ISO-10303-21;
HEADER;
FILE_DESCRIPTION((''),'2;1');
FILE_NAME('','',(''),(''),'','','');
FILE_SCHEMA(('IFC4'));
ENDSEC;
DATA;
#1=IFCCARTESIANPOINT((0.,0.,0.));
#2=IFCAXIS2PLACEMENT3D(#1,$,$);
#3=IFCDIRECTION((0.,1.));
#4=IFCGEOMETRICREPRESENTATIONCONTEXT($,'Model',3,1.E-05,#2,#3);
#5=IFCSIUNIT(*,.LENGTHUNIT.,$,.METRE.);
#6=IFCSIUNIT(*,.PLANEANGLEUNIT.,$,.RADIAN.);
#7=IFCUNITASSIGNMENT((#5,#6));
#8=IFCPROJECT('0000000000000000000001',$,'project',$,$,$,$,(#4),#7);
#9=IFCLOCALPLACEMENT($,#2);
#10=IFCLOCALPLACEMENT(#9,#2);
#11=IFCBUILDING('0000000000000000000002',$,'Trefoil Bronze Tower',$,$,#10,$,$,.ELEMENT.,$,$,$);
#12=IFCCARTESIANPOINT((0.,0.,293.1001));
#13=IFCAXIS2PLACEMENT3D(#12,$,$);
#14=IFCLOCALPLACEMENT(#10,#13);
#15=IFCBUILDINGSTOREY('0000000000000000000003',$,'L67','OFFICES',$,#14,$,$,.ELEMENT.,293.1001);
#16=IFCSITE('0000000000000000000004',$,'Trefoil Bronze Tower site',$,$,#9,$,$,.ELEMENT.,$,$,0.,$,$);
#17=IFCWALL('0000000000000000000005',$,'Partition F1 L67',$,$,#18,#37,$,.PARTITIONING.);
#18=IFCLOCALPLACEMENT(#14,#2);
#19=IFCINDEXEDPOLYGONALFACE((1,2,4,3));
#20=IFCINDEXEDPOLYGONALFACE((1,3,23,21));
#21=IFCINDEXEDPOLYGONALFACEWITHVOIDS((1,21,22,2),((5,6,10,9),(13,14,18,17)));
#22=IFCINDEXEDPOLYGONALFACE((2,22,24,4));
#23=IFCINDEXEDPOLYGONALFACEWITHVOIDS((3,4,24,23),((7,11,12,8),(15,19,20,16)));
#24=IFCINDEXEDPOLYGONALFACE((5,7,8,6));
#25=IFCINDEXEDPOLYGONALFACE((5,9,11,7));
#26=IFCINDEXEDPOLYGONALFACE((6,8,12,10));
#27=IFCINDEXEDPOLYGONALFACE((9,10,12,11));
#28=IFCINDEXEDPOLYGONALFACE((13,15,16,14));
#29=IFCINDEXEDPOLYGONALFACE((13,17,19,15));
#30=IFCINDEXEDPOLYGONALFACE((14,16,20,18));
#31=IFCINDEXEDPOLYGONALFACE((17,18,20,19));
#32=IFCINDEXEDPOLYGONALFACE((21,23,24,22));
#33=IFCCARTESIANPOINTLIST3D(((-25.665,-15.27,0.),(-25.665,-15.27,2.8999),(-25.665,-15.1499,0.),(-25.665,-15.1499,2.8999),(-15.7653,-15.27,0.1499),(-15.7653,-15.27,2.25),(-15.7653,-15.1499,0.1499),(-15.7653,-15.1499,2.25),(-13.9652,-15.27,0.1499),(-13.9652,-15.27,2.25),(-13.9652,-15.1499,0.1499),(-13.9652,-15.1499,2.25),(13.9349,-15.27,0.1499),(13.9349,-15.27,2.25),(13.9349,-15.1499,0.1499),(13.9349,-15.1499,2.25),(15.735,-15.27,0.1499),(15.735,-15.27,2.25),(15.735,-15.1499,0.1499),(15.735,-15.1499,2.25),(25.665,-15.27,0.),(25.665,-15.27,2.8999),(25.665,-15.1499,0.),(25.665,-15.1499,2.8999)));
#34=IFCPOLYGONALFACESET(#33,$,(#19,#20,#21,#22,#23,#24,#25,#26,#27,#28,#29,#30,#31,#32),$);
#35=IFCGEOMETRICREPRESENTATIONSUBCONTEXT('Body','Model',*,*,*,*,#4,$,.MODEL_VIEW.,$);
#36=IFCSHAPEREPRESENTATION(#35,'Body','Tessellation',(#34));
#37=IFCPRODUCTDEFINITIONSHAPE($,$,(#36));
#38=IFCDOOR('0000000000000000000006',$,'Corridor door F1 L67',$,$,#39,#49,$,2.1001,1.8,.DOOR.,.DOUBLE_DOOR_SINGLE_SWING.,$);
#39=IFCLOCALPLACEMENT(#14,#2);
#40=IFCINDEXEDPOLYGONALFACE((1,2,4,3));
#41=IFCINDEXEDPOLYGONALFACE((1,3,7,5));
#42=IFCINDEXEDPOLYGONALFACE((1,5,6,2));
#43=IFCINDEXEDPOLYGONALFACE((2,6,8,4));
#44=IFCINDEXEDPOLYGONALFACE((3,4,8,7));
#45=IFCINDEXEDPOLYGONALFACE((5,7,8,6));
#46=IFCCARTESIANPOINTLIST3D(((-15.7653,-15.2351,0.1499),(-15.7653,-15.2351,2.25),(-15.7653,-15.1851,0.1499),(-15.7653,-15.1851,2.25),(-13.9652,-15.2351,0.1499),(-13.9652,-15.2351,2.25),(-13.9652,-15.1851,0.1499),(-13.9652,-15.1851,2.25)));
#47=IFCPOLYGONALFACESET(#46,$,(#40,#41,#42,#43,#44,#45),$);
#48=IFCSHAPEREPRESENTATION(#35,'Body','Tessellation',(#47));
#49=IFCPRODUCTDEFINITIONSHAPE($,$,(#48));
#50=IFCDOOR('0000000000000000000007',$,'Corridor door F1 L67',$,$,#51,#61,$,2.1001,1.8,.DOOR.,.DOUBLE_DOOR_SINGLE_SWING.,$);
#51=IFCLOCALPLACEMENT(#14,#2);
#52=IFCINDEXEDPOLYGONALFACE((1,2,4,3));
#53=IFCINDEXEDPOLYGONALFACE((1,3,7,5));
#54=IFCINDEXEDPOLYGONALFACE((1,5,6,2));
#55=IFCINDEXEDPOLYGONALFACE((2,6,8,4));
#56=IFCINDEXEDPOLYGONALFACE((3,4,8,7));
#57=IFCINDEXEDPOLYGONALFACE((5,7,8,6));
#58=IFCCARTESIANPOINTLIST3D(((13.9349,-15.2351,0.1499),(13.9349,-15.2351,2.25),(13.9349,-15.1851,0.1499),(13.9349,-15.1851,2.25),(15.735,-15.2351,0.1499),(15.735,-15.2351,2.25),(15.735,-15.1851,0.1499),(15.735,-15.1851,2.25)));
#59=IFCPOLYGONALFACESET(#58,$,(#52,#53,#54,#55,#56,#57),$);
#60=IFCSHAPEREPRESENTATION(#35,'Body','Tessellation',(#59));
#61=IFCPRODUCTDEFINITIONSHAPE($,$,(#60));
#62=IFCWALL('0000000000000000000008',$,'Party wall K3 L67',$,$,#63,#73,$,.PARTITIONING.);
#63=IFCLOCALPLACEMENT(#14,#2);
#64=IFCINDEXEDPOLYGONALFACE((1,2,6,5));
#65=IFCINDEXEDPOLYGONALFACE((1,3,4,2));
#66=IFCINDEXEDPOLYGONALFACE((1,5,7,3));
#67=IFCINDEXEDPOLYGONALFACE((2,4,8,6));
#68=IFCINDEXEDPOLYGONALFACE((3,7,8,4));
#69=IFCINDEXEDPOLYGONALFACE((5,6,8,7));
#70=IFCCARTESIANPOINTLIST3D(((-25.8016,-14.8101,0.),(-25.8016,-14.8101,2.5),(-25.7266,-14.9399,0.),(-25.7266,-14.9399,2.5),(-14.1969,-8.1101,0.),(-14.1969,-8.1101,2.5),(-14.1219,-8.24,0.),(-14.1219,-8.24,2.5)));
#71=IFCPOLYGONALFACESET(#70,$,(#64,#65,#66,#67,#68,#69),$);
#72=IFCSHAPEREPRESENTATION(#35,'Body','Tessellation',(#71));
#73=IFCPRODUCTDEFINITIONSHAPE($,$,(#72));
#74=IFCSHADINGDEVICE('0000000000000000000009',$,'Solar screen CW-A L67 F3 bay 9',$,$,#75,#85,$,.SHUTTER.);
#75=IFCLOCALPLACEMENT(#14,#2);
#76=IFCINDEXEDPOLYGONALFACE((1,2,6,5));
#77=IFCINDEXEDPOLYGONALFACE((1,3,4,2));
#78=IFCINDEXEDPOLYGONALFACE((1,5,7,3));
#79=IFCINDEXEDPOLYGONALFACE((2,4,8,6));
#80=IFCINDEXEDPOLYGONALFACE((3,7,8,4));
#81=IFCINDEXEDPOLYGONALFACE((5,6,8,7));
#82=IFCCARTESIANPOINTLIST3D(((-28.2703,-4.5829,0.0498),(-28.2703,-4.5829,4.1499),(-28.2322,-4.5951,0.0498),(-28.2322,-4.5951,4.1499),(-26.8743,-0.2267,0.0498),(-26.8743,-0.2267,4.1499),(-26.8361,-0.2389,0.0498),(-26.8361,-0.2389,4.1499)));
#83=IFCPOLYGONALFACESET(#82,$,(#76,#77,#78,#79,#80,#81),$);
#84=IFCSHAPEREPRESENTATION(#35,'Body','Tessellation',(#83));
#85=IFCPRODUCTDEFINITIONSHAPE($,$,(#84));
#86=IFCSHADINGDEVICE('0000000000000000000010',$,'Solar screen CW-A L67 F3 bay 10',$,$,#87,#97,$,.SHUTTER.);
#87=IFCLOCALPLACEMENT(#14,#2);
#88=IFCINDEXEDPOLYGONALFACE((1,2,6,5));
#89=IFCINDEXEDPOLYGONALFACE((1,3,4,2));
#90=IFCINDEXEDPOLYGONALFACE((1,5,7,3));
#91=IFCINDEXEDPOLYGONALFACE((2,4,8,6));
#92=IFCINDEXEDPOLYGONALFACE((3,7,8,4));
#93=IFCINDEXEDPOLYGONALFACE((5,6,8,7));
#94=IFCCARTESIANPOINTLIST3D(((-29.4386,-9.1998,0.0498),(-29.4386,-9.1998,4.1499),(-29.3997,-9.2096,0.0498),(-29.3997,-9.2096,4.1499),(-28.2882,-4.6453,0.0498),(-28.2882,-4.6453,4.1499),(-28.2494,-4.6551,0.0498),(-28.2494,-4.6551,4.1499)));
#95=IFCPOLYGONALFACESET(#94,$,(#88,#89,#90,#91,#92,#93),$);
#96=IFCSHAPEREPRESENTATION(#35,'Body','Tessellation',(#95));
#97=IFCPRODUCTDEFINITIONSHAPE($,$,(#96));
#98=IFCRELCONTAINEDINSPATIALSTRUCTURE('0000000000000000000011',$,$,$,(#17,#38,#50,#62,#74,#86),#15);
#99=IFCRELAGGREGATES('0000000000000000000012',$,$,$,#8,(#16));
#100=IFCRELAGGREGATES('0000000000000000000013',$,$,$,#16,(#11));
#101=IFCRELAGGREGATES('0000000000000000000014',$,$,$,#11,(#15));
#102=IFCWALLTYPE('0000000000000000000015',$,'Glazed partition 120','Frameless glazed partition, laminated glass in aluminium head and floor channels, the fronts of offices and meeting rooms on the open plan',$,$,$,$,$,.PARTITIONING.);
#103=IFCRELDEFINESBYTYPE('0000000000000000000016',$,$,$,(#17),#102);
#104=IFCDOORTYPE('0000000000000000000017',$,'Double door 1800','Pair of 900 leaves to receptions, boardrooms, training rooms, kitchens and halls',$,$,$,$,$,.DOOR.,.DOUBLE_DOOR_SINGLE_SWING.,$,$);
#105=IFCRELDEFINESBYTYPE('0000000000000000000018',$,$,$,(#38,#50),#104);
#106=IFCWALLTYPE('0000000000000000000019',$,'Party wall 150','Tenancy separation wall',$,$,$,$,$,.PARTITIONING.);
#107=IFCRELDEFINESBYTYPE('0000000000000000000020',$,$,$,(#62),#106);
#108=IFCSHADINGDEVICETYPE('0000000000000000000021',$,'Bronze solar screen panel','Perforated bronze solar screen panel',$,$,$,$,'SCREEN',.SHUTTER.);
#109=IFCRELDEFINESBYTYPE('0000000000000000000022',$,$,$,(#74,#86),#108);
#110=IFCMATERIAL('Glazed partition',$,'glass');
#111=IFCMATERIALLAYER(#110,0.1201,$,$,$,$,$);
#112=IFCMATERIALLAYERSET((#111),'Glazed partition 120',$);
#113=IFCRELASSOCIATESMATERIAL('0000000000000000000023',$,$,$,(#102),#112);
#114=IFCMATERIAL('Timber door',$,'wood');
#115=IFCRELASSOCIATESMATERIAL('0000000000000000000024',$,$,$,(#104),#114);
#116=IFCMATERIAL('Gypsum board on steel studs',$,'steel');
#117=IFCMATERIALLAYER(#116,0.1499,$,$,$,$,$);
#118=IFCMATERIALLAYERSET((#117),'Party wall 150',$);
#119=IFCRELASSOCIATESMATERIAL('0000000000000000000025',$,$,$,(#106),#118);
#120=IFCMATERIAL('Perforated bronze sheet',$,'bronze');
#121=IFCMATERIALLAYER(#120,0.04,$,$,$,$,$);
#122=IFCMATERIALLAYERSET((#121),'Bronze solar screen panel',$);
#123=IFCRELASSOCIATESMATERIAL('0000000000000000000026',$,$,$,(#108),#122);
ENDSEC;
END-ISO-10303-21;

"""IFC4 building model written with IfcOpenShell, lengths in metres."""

from ifc_helpers import new_model, si_unit, direction, frame, frame_2d, origin, origin_2d, place, context, subcontext, project, spatial, rectangle, extrude, material, layer, layer_set, type_object, element, fill, save


model = new_model("IFC4")

# Units and contexts
model_context = context("Model", 3, precision=1e-05, world=origin(), true_north=direction((0.0, 1.0)))
body_context = subcontext(model_context, "Body", "Model", "MODEL_VIEW")
ifc_project = project(units=[si_unit("LENGTHUNIT", "METRE"), si_unit("PLANEANGLEUNIT", "RADIAN")], contexts=[model_context])

# Site, building, storey
site_placement = place(None, origin())
site = spatial("IfcSite", under=ifc_project, at=site_placement, Name="Trefoil Bronze Tower site", CompositionType="ELEMENT", RefElevation=0.0)
building_placement = place(site_placement, origin())
building = spatial("IfcBuilding", under=site, at=building_placement, Name="Trefoil Bronze Tower", CompositionType="ELEMENT")
storey_placement = place(building_placement, frame((0.0, 0.0, 293.1001)))
storey = spatial("IfcBuildingStorey", under=building, at=storey_placement, Name="L67", Description="OFFICES", CompositionType="ELEMENT", Elevation=293.1001)

# Wall, openings, doors
ifc_material_1 = material(Name="Glazed partition", Category="glass")
ifc_layer_1 = layer(ifc_material_1, 0.1201)
ifc_layer_set_1 = layer_set([ifc_layer_1], Name="Glazed partition 120")
wall_type_1 = type_object("IfcWallType", Name="Glazed partition 120", Description="Frameless glazed partition, laminated glass in aluminium head and floor channels, the fronts of offices and meeting rooms on the open plan", PredefinedType="PARTITIONING", material=ifc_layer_set_1)
wall_1_placement = place(storey_placement, frame((-25.665, -15.21, 0.0), z_axis=(0.0, 0.0, 1.0), x_axis=(1.0, 0.0, 0.0)))
wall_1 = element("IfcWall", 1, at=wall_1_placement, inside=storey, type_object=wall_type_1, Name="Partition F1 L67", PredefinedType="PARTITIONING", context=body_context, shape_type="SweptSolid", body=[
    extrude(rectangle(XDim=51.3301, YDim=0.1201, at=frame_2d((25.665, 0.0))), origin(), (0.0, 0.0, 1.0), 2.8999),
])
opening_1_placement = place(wall_1_placement, frame((9.8999, 0.0, 0.1499)))
opening_1 = element("IfcOpeningElement", 2, at=opening_1_placement, cuts=wall_1, PredefinedType="OPENING", context=body_context, shape_type="SweptSolid", body=[
    extrude(rectangle(XDim=1.8, YDim=2.1001, at=frame_2d((0.8999, 1.05))), frame((0.0, 0.0701, 0.0), z_axis=(0.0, -1.0, 0.0), x_axis=(1.0, 0.0, 0.0)), (0.0, 0.0, 1.0), 0.1401),
])
opening_2_placement = place(wall_1_placement, frame((39.6001, 0.0, 0.1499)))
opening_2 = element("IfcOpeningElement", 3, at=opening_2_placement, cuts=wall_1, PredefinedType="OPENING", context=body_context, shape_type="SweptSolid", body=[
    extrude(rectangle(XDim=1.8, YDim=2.1001, at=frame_2d((0.8999, 1.05))), frame((0.0, 0.0701, 0.0), z_axis=(0.0, -1.0, 0.0), x_axis=(1.0, 0.0, 0.0)), (0.0, 0.0, 1.0), 0.1401),
])
ifc_material_2 = material(Name="Timber door", Category="wood")
door_type = type_object("IfcDoorType", Name="Double door 1800", Description="Pair of 900 leaves to receptions, boardrooms, training rooms, kitchens and halls", OperationType="DOUBLE_DOOR_SINGLE_SWING", PredefinedType="DOOR", material=ifc_material_2)
door_1_placement = place(opening_1_placement, origin())
door_1 = element("IfcDoor", 4, at=door_1_placement, inside=storey, type_object=door_type, Name="Corridor door F1 L67", OperationType="DOUBLE_DOOR_SINGLE_SWING", OverallHeight=2.1001, OverallWidth=1.8, PredefinedType="DOOR", context=body_context, shape_type="SweptSolid", body=[
    extrude(rectangle(XDim=1.8, YDim=2.1001, at=frame_2d((0.8999, 1.05))), frame((0.0, 0.0249, 0.0), z_axis=(0.0, -1.0, 0.0), x_axis=(1.0, 0.0, 0.0)), (0.0, 0.0, 1.0), 0.05),
])
fill(opening_1, door_1)
door_2_placement = place(opening_2_placement, origin())
door_2 = element("IfcDoor", 5, at=door_2_placement, inside=storey, type_object=door_type, Name="Corridor door F1 L67", OperationType="DOUBLE_DOOR_SINGLE_SWING", OverallHeight=2.1001, OverallWidth=1.8, PredefinedType="DOOR", context=body_context, shape_type="SweptSolid", body=[
    extrude(rectangle(XDim=1.8, YDim=2.1001, at=frame_2d((0.8999, 1.05))), frame((0.0, 0.0249, 0.0), z_axis=(0.0, -1.0, 0.0), x_axis=(1.0, 0.0, 0.0)), (0.0, 0.0, 1.0), 0.05),
])
fill(opening_2, door_2)

# Wall
ifc_material_3 = material(Name="Gypsum board on steel studs", Category="steel")
ifc_layer_2 = layer(ifc_material_3, 0.1499)
ifc_layer_set_2 = layer_set([ifc_layer_2], Name="Party wall 150")
wall_type_2 = type_object("IfcWallType", Name="Party wall 150", Description="Tenancy separation wall", PredefinedType="PARTITIONING", material=ifc_layer_set_2)
wall_2_placement = place(storey_placement, frame((-14.1594, -8.175, 0.0), z_axis=(0.0, 0.0, 1.0), x_axis=(-0.866027, -0.499997, 0.0)))
element("IfcWall", 6, at=wall_2_placement, inside=storey, type_object=wall_type_2, Name="Party wall K3 L67", PredefinedType="PARTITIONING", context=body_context, shape_type="SweptSolid", body=[
    extrude(rectangle(XDim=13.3999, YDim=0.1499, at=frame_2d((6.7, 0.0))), origin(), (0.0, 0.0, 1.0), 2.5),
])

# Shading devices
ifc_material_4 = material(Name="Perforated bronze sheet", Category="bronze")
ifc_layer_3 = layer(ifc_material_4, 0.04)
ifc_layer_set_3 = layer_set([ifc_layer_3], Name="Bronze solar screen panel")
shading_device_type = type_object("IfcShadingDeviceType", Name="Bronze solar screen panel", Description="Perforated bronze solar screen panel", ElementType="SCREEN", PredefinedType="SHUTTER", material=ifc_layer_set_3)
shading_device_1_placement = place(storey_placement, frame((-27.5532, -2.4109, 0.0498), z_axis=(0.0, 0.0, 1.0), x_axis=(-0.305188, -0.952292, 0.0)))
element("IfcShadingDevice", 7, at=shading_device_1_placement, inside=storey, type_object=shading_device_type, Name="Solar screen CW-A L67 F3 bay 9", PredefinedType="SHUTTER", context=body_context, shape_type="SweptSolid", body=[
    extrude(rectangle(XDim=4.5745, YDim=0.04, at=origin_2d()), origin(), (0.0, 0.0, 1.0), 4.1001),
])
shading_device_2_placement = place(storey_placement, frame((-28.844, -6.9275, 0.0498), z_axis=(0.0, 0.0, 1.0), x_axis=(-0.24488, -0.969554, 0.0)))
element("IfcShadingDevice", 8, at=shading_device_2_placement, inside=storey, type_object=shading_device_type, Name="Solar screen CW-A L67 F3 bay 10", PredefinedType="SHUTTER", context=body_context, shape_type="SweptSolid", body=[
    extrude(rectangle(XDim=4.6975, YDim=0.04, at=origin_2d()), origin(), (0.0, 0.0, 1.0), 4.1001),
])

save(model, "model.ifc")
